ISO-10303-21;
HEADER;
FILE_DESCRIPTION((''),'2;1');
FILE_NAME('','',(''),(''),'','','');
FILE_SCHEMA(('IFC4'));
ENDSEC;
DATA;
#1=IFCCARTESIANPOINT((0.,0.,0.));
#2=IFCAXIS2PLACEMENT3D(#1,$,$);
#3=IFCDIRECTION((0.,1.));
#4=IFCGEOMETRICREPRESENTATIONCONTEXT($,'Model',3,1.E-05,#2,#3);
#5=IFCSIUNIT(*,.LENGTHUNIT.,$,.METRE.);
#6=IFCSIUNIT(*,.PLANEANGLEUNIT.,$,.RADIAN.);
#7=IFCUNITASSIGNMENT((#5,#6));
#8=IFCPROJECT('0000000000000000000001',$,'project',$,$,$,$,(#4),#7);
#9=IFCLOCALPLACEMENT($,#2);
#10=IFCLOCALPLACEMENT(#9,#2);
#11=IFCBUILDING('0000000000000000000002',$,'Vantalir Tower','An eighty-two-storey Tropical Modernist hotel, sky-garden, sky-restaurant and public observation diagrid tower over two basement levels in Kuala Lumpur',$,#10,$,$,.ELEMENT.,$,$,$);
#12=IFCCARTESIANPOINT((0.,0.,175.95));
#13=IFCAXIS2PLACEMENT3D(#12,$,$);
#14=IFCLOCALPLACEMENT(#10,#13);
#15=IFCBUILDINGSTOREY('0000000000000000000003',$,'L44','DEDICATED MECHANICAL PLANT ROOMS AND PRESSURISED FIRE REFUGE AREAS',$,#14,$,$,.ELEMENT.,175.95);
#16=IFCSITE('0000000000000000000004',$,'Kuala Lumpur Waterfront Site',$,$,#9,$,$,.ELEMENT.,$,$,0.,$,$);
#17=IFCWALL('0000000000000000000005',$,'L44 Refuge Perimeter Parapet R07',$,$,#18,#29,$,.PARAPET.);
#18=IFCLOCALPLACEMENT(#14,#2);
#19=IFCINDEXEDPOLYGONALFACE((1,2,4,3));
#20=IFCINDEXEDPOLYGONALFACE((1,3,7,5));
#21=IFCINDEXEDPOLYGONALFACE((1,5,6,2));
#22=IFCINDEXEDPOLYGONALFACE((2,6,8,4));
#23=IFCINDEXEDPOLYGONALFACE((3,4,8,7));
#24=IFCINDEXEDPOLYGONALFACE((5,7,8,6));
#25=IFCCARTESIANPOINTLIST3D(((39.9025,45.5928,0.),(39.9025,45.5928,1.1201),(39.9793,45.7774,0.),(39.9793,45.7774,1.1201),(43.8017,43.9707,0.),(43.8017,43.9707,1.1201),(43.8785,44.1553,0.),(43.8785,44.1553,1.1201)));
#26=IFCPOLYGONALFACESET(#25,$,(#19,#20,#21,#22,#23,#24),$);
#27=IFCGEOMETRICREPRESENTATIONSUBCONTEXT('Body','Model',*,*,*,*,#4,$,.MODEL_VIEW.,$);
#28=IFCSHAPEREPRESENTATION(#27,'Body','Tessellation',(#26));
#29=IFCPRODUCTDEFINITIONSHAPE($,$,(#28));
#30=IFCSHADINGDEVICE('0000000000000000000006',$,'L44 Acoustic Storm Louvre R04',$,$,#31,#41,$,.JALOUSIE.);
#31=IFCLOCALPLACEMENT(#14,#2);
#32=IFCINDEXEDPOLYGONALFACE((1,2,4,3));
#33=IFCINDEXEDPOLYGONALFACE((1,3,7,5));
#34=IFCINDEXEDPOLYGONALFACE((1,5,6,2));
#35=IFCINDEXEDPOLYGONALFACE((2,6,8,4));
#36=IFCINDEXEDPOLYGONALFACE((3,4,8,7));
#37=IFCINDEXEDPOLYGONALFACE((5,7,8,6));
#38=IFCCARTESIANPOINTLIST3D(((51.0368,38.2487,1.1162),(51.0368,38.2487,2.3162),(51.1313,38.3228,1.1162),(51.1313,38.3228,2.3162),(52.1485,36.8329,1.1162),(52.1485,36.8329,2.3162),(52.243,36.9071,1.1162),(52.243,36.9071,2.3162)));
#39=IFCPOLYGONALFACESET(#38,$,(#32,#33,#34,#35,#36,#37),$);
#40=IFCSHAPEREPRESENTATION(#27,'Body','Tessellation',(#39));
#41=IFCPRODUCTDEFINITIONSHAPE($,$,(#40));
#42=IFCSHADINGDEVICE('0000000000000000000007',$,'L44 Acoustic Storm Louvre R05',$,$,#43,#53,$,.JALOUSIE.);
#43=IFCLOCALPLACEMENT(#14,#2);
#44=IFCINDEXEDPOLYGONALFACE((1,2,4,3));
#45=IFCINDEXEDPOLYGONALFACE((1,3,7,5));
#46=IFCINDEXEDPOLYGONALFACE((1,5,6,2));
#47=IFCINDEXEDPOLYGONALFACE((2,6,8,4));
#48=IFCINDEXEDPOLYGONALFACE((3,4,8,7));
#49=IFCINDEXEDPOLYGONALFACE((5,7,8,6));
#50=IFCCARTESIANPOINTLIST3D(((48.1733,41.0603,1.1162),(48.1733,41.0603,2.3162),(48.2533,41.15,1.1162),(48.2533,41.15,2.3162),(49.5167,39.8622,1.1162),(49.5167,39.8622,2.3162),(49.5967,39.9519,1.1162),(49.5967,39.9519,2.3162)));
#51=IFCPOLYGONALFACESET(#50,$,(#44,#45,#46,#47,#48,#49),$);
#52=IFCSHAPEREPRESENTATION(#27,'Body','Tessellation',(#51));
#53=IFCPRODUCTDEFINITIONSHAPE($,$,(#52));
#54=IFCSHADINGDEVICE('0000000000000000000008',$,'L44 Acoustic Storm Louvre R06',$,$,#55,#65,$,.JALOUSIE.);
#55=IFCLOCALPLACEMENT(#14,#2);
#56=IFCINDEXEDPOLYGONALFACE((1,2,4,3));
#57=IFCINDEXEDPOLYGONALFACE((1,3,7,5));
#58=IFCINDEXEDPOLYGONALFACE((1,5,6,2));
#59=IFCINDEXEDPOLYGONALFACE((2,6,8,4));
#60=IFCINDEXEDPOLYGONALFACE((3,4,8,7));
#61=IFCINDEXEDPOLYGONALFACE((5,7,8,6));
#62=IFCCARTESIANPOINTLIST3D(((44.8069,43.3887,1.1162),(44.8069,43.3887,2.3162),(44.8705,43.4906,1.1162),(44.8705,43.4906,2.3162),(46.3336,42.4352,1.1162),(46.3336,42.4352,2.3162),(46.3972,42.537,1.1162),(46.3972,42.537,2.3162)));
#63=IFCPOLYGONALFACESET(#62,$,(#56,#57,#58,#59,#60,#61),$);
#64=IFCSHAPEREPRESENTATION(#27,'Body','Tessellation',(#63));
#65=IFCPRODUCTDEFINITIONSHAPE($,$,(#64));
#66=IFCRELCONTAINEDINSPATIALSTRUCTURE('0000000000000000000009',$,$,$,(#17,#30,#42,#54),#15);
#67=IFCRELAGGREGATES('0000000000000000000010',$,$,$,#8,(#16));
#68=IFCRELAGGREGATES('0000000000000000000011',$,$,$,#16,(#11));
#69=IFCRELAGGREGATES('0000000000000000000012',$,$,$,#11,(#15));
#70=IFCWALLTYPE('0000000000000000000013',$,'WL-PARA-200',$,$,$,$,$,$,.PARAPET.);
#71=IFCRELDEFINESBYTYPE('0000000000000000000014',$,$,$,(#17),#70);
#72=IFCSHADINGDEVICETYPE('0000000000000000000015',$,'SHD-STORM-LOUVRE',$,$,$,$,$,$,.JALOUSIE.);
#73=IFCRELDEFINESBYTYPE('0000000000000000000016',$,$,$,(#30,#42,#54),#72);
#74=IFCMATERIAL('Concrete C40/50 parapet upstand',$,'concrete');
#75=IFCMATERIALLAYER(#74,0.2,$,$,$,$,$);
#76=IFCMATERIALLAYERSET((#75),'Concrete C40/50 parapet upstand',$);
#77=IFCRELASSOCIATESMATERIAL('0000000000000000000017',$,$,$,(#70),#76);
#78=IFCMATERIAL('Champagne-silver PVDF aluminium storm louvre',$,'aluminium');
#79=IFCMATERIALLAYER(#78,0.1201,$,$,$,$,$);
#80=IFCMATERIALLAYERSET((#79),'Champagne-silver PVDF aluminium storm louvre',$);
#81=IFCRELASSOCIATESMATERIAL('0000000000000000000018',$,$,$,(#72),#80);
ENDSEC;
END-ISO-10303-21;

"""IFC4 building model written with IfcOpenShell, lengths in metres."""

from ifc_helpers import new_model, si_unit, direction, frame, frame_2d, origin, origin_2d, place, context, subcontext, project, spatial, rectangle, extrude, material, layer, layer_set, type_object, element, save


model = new_model("IFC4")

# Units and contexts
model_context = context("Model", 3, precision=1e-05, world=origin(), true_north=direction((0.0, 1.0)))
body_context = subcontext(model_context, "Body", "Model", "MODEL_VIEW")
ifc_project = project(units=[si_unit("LENGTHUNIT", "METRE"), si_unit("PLANEANGLEUNIT", "RADIAN")], contexts=[model_context])

# Site, building, storey
site_placement = place(None, origin())
site = spatial("IfcSite", under=ifc_project, at=site_placement, Name="Kuala Lumpur Waterfront Site", CompositionType="ELEMENT", RefElevation=0.0)
building_placement = place(site_placement, origin())
building = spatial("IfcBuilding", under=site, at=building_placement, Name="Vantalir Tower", Description="An eighty-two-storey Tropical Modernist hotel, sky-garden, sky-restaurant and public observation diagrid tower over two basement levels in Kuala Lumpur", CompositionType="ELEMENT")
storey_placement = place(building_placement, frame((0.0, 0.0, 175.95)))
storey = spatial("IfcBuildingStorey", under=building, at=storey_placement, Name="L44", Description="DEDICATED MECHANICAL PLANT ROOMS AND PRESSURISED FIRE REFUGE AREAS", CompositionType="ELEMENT", Elevation=175.95)

# Wall
ifc_material_1 = material(Name="Concrete C40/50 parapet upstand", Category="concrete")
ifc_layer_1 = layer(ifc_material_1, 0.2)
ifc_layer_set_1 = layer_set([ifc_layer_1], Name="Concrete C40/50 parapet upstand")
wall_type = type_object("IfcWallType", Name="WL-PARA-200", PredefinedType="PARAPET", material=ifc_layer_set_1)
wall_1_placement = place(storey_placement, frame((43.8401, 44.063, 0.0), z_axis=(0.0, 0.0, 1.0), x_axis=(-0.923294, 0.384094, 0.0)))
element("IfcWall", 1, at=wall_1_placement, inside=storey, type_object=wall_type, Name="L44 Refuge Perimeter Parapet R07", PredefinedType="PARAPET", context=body_context, shape_type="SweptSolid", body=[
    extrude(rectangle(XDim=4.2231, YDim=0.2, at=frame_2d((2.1116, 0.0))), origin(), (0.0, 0.0, 1.0), 1.1201),
])

# Shading devices
ifc_material_2 = material(Name="Champagne-silver PVDF aluminium storm louvre", Category="aluminium")
ifc_layer_2 = layer(ifc_material_2, 0.1201)
ifc_layer_set_2 = layer_set([ifc_layer_2], Name="Champagne-silver PVDF aluminium storm louvre")
shading_device_type = type_object("IfcShadingDeviceType", Name="SHD-STORM-LOUVRE", PredefinedType="JALOUSIE", material=ifc_layer_set_2)
for number, where, z_axis, x_axis, name in (
    (2, (51.6399, 37.5779, 1.1162), (0.0, 0.0, 1.0), (-0.617585, 0.786504, 0.0), "L44 Acoustic Storm Louvre R04"),
    (3, (48.885, 40.5061, 1.1162), (0.0, 0.0, 1.0), (-0.746313, 0.665595, 0.0), "L44 Acoustic Storm Louvre R05"),
    (4, (45.6021, 42.9629, 1.1162), (0.0, 0.0, 1.0), (-0.848159, 0.529742, 0.0), "L44 Acoustic Storm Louvre R06"),
):
    element("IfcShadingDevice", number, at=place(storey_placement, frame(where, z_axis=z_axis, x_axis=x_axis)), inside=storey, type_object=shading_device_type, Name=name, PredefinedType="JALOUSIE", context=body_context, shape_type="SweptSolid", body=[
        extrude(rectangle(XDim=1.8, YDim=0.1201, at=origin_2d()), origin(), (0.0, 0.0, 1.0), 1.2),
    ])

save(model, "model.ifc")
